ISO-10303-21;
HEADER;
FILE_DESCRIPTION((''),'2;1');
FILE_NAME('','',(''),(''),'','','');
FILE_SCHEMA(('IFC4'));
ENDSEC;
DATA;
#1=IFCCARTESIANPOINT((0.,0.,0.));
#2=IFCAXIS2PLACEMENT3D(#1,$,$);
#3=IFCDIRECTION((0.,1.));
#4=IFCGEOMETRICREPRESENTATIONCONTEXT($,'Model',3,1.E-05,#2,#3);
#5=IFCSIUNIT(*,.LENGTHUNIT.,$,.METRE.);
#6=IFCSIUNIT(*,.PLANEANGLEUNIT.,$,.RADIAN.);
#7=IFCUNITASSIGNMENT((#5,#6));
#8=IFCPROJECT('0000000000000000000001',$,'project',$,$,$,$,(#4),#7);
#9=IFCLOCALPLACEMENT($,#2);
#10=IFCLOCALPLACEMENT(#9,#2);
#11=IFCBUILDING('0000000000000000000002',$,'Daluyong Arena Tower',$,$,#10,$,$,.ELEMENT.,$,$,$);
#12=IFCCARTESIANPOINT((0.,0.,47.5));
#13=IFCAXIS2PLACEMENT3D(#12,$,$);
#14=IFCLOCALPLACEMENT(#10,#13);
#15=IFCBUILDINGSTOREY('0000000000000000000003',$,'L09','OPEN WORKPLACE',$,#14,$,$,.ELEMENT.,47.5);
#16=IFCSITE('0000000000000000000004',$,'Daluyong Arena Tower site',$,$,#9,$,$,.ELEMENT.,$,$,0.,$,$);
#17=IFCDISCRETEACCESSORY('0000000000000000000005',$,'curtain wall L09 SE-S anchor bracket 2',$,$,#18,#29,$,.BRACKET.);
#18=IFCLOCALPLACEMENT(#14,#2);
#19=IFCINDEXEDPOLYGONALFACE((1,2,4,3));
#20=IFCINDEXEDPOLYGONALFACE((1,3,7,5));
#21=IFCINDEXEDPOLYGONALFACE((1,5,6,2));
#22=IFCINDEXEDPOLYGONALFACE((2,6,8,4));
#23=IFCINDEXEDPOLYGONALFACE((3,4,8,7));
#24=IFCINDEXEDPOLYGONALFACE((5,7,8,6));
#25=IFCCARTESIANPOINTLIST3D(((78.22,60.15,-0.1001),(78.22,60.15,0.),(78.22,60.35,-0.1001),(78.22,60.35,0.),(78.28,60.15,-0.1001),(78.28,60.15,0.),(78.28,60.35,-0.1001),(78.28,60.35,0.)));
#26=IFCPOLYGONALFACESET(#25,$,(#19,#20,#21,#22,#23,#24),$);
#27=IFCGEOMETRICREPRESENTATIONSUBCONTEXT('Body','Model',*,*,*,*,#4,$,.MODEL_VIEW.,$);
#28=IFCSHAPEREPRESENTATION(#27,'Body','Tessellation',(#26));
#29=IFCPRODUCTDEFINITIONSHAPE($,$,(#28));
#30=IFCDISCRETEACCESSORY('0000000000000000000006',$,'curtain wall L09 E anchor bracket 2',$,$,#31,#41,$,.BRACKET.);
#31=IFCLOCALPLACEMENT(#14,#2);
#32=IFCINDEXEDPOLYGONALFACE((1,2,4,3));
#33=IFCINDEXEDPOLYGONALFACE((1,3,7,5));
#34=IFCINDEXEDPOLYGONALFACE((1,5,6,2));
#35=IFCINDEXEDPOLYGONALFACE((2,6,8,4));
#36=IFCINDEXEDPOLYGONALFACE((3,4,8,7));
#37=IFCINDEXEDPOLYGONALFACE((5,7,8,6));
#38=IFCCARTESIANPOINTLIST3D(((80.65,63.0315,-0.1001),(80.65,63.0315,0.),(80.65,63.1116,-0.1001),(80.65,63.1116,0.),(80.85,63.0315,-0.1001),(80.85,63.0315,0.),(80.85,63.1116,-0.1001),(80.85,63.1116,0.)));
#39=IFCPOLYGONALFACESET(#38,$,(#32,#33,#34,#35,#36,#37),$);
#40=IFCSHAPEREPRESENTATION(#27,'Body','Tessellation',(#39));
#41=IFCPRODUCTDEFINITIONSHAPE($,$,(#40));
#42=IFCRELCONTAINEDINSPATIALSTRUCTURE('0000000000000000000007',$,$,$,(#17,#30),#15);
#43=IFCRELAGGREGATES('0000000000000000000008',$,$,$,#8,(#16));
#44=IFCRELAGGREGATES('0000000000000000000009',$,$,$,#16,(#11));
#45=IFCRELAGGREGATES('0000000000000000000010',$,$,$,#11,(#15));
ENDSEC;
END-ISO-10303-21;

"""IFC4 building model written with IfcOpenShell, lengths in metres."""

from ifc_helpers import new_model, si_unit, direction, frame, origin, origin_2d, place, context, subcontext, project, spatial, rectangle, extrude, element, save


model = new_model("IFC4")

# Units and contexts
model_context = context("Model", 3, precision=1e-05, world=origin(), true_north=direction((0.0, 1.0)))
body_context = subcontext(model_context, "Body", "Model", "MODEL_VIEW")
ifc_project = project(units=[si_unit("LENGTHUNIT", "METRE"), si_unit("PLANEANGLEUNIT", "RADIAN")], contexts=[model_context])

# Site, building, storey
site_placement = place(None, origin())
site = spatial("IfcSite", under=ifc_project, at=site_placement, Name="Daluyong Arena Tower site", CompositionType="ELEMENT", RefElevation=0.0)
building_placement = place(site_placement, origin())
building = spatial("IfcBuilding", under=site, at=building_placement, Name="Daluyong Arena Tower", CompositionType="ELEMENT")
storey_placement = place(building_placement, frame((0.0, 0.0, 47.5)))
storey = spatial("IfcBuildingStorey", under=building, at=storey_placement, Name="L09", Description="OPEN WORKPLACE", CompositionType="ELEMENT", Elevation=47.5)

# Discrete accessories
for number, where, z_axis, x_axis, name in (
    (1, (78.25, 60.25, -0.1001), (0.0, 0.0, 1.0), (1.0, 0.0, 0.0), "curtain wall L09 SE-S anchor bracket 2"),
):
    element("IfcDiscreteAccessory", number, at=place(storey_placement, frame(where, z_axis=z_axis, x_axis=x_axis)), inside=storey, Name=name, PredefinedType="BRACKET", context=body_context, shape_type="SweptSolid", body=[
        extrude(rectangle(XDim=0.0601, YDim=0.2, at=origin_2d()), origin(), (0.0, 0.0, 1.0), 0.1001),
    ])
discrete_accessory_1_placement = place(storey_placement, frame((80.75, 63.0715, -0.1001), z_axis=(0.0, 0.0, 1.0), x_axis=(0.0, 1.0, 0.0)))
element("IfcDiscreteAccessory", 2, at=discrete_accessory_1_placement, inside=storey, Name="curtain wall L09 E anchor bracket 2", PredefinedType="BRACKET", context=body_context, shape_type="SweptSolid", body=[
    extrude(rectangle(XDim=0.0801, YDim=0.2, at=origin_2d()), origin(), (0.0, 0.0, 1.0), 0.1001),
])

save(model, "model.ifc")
